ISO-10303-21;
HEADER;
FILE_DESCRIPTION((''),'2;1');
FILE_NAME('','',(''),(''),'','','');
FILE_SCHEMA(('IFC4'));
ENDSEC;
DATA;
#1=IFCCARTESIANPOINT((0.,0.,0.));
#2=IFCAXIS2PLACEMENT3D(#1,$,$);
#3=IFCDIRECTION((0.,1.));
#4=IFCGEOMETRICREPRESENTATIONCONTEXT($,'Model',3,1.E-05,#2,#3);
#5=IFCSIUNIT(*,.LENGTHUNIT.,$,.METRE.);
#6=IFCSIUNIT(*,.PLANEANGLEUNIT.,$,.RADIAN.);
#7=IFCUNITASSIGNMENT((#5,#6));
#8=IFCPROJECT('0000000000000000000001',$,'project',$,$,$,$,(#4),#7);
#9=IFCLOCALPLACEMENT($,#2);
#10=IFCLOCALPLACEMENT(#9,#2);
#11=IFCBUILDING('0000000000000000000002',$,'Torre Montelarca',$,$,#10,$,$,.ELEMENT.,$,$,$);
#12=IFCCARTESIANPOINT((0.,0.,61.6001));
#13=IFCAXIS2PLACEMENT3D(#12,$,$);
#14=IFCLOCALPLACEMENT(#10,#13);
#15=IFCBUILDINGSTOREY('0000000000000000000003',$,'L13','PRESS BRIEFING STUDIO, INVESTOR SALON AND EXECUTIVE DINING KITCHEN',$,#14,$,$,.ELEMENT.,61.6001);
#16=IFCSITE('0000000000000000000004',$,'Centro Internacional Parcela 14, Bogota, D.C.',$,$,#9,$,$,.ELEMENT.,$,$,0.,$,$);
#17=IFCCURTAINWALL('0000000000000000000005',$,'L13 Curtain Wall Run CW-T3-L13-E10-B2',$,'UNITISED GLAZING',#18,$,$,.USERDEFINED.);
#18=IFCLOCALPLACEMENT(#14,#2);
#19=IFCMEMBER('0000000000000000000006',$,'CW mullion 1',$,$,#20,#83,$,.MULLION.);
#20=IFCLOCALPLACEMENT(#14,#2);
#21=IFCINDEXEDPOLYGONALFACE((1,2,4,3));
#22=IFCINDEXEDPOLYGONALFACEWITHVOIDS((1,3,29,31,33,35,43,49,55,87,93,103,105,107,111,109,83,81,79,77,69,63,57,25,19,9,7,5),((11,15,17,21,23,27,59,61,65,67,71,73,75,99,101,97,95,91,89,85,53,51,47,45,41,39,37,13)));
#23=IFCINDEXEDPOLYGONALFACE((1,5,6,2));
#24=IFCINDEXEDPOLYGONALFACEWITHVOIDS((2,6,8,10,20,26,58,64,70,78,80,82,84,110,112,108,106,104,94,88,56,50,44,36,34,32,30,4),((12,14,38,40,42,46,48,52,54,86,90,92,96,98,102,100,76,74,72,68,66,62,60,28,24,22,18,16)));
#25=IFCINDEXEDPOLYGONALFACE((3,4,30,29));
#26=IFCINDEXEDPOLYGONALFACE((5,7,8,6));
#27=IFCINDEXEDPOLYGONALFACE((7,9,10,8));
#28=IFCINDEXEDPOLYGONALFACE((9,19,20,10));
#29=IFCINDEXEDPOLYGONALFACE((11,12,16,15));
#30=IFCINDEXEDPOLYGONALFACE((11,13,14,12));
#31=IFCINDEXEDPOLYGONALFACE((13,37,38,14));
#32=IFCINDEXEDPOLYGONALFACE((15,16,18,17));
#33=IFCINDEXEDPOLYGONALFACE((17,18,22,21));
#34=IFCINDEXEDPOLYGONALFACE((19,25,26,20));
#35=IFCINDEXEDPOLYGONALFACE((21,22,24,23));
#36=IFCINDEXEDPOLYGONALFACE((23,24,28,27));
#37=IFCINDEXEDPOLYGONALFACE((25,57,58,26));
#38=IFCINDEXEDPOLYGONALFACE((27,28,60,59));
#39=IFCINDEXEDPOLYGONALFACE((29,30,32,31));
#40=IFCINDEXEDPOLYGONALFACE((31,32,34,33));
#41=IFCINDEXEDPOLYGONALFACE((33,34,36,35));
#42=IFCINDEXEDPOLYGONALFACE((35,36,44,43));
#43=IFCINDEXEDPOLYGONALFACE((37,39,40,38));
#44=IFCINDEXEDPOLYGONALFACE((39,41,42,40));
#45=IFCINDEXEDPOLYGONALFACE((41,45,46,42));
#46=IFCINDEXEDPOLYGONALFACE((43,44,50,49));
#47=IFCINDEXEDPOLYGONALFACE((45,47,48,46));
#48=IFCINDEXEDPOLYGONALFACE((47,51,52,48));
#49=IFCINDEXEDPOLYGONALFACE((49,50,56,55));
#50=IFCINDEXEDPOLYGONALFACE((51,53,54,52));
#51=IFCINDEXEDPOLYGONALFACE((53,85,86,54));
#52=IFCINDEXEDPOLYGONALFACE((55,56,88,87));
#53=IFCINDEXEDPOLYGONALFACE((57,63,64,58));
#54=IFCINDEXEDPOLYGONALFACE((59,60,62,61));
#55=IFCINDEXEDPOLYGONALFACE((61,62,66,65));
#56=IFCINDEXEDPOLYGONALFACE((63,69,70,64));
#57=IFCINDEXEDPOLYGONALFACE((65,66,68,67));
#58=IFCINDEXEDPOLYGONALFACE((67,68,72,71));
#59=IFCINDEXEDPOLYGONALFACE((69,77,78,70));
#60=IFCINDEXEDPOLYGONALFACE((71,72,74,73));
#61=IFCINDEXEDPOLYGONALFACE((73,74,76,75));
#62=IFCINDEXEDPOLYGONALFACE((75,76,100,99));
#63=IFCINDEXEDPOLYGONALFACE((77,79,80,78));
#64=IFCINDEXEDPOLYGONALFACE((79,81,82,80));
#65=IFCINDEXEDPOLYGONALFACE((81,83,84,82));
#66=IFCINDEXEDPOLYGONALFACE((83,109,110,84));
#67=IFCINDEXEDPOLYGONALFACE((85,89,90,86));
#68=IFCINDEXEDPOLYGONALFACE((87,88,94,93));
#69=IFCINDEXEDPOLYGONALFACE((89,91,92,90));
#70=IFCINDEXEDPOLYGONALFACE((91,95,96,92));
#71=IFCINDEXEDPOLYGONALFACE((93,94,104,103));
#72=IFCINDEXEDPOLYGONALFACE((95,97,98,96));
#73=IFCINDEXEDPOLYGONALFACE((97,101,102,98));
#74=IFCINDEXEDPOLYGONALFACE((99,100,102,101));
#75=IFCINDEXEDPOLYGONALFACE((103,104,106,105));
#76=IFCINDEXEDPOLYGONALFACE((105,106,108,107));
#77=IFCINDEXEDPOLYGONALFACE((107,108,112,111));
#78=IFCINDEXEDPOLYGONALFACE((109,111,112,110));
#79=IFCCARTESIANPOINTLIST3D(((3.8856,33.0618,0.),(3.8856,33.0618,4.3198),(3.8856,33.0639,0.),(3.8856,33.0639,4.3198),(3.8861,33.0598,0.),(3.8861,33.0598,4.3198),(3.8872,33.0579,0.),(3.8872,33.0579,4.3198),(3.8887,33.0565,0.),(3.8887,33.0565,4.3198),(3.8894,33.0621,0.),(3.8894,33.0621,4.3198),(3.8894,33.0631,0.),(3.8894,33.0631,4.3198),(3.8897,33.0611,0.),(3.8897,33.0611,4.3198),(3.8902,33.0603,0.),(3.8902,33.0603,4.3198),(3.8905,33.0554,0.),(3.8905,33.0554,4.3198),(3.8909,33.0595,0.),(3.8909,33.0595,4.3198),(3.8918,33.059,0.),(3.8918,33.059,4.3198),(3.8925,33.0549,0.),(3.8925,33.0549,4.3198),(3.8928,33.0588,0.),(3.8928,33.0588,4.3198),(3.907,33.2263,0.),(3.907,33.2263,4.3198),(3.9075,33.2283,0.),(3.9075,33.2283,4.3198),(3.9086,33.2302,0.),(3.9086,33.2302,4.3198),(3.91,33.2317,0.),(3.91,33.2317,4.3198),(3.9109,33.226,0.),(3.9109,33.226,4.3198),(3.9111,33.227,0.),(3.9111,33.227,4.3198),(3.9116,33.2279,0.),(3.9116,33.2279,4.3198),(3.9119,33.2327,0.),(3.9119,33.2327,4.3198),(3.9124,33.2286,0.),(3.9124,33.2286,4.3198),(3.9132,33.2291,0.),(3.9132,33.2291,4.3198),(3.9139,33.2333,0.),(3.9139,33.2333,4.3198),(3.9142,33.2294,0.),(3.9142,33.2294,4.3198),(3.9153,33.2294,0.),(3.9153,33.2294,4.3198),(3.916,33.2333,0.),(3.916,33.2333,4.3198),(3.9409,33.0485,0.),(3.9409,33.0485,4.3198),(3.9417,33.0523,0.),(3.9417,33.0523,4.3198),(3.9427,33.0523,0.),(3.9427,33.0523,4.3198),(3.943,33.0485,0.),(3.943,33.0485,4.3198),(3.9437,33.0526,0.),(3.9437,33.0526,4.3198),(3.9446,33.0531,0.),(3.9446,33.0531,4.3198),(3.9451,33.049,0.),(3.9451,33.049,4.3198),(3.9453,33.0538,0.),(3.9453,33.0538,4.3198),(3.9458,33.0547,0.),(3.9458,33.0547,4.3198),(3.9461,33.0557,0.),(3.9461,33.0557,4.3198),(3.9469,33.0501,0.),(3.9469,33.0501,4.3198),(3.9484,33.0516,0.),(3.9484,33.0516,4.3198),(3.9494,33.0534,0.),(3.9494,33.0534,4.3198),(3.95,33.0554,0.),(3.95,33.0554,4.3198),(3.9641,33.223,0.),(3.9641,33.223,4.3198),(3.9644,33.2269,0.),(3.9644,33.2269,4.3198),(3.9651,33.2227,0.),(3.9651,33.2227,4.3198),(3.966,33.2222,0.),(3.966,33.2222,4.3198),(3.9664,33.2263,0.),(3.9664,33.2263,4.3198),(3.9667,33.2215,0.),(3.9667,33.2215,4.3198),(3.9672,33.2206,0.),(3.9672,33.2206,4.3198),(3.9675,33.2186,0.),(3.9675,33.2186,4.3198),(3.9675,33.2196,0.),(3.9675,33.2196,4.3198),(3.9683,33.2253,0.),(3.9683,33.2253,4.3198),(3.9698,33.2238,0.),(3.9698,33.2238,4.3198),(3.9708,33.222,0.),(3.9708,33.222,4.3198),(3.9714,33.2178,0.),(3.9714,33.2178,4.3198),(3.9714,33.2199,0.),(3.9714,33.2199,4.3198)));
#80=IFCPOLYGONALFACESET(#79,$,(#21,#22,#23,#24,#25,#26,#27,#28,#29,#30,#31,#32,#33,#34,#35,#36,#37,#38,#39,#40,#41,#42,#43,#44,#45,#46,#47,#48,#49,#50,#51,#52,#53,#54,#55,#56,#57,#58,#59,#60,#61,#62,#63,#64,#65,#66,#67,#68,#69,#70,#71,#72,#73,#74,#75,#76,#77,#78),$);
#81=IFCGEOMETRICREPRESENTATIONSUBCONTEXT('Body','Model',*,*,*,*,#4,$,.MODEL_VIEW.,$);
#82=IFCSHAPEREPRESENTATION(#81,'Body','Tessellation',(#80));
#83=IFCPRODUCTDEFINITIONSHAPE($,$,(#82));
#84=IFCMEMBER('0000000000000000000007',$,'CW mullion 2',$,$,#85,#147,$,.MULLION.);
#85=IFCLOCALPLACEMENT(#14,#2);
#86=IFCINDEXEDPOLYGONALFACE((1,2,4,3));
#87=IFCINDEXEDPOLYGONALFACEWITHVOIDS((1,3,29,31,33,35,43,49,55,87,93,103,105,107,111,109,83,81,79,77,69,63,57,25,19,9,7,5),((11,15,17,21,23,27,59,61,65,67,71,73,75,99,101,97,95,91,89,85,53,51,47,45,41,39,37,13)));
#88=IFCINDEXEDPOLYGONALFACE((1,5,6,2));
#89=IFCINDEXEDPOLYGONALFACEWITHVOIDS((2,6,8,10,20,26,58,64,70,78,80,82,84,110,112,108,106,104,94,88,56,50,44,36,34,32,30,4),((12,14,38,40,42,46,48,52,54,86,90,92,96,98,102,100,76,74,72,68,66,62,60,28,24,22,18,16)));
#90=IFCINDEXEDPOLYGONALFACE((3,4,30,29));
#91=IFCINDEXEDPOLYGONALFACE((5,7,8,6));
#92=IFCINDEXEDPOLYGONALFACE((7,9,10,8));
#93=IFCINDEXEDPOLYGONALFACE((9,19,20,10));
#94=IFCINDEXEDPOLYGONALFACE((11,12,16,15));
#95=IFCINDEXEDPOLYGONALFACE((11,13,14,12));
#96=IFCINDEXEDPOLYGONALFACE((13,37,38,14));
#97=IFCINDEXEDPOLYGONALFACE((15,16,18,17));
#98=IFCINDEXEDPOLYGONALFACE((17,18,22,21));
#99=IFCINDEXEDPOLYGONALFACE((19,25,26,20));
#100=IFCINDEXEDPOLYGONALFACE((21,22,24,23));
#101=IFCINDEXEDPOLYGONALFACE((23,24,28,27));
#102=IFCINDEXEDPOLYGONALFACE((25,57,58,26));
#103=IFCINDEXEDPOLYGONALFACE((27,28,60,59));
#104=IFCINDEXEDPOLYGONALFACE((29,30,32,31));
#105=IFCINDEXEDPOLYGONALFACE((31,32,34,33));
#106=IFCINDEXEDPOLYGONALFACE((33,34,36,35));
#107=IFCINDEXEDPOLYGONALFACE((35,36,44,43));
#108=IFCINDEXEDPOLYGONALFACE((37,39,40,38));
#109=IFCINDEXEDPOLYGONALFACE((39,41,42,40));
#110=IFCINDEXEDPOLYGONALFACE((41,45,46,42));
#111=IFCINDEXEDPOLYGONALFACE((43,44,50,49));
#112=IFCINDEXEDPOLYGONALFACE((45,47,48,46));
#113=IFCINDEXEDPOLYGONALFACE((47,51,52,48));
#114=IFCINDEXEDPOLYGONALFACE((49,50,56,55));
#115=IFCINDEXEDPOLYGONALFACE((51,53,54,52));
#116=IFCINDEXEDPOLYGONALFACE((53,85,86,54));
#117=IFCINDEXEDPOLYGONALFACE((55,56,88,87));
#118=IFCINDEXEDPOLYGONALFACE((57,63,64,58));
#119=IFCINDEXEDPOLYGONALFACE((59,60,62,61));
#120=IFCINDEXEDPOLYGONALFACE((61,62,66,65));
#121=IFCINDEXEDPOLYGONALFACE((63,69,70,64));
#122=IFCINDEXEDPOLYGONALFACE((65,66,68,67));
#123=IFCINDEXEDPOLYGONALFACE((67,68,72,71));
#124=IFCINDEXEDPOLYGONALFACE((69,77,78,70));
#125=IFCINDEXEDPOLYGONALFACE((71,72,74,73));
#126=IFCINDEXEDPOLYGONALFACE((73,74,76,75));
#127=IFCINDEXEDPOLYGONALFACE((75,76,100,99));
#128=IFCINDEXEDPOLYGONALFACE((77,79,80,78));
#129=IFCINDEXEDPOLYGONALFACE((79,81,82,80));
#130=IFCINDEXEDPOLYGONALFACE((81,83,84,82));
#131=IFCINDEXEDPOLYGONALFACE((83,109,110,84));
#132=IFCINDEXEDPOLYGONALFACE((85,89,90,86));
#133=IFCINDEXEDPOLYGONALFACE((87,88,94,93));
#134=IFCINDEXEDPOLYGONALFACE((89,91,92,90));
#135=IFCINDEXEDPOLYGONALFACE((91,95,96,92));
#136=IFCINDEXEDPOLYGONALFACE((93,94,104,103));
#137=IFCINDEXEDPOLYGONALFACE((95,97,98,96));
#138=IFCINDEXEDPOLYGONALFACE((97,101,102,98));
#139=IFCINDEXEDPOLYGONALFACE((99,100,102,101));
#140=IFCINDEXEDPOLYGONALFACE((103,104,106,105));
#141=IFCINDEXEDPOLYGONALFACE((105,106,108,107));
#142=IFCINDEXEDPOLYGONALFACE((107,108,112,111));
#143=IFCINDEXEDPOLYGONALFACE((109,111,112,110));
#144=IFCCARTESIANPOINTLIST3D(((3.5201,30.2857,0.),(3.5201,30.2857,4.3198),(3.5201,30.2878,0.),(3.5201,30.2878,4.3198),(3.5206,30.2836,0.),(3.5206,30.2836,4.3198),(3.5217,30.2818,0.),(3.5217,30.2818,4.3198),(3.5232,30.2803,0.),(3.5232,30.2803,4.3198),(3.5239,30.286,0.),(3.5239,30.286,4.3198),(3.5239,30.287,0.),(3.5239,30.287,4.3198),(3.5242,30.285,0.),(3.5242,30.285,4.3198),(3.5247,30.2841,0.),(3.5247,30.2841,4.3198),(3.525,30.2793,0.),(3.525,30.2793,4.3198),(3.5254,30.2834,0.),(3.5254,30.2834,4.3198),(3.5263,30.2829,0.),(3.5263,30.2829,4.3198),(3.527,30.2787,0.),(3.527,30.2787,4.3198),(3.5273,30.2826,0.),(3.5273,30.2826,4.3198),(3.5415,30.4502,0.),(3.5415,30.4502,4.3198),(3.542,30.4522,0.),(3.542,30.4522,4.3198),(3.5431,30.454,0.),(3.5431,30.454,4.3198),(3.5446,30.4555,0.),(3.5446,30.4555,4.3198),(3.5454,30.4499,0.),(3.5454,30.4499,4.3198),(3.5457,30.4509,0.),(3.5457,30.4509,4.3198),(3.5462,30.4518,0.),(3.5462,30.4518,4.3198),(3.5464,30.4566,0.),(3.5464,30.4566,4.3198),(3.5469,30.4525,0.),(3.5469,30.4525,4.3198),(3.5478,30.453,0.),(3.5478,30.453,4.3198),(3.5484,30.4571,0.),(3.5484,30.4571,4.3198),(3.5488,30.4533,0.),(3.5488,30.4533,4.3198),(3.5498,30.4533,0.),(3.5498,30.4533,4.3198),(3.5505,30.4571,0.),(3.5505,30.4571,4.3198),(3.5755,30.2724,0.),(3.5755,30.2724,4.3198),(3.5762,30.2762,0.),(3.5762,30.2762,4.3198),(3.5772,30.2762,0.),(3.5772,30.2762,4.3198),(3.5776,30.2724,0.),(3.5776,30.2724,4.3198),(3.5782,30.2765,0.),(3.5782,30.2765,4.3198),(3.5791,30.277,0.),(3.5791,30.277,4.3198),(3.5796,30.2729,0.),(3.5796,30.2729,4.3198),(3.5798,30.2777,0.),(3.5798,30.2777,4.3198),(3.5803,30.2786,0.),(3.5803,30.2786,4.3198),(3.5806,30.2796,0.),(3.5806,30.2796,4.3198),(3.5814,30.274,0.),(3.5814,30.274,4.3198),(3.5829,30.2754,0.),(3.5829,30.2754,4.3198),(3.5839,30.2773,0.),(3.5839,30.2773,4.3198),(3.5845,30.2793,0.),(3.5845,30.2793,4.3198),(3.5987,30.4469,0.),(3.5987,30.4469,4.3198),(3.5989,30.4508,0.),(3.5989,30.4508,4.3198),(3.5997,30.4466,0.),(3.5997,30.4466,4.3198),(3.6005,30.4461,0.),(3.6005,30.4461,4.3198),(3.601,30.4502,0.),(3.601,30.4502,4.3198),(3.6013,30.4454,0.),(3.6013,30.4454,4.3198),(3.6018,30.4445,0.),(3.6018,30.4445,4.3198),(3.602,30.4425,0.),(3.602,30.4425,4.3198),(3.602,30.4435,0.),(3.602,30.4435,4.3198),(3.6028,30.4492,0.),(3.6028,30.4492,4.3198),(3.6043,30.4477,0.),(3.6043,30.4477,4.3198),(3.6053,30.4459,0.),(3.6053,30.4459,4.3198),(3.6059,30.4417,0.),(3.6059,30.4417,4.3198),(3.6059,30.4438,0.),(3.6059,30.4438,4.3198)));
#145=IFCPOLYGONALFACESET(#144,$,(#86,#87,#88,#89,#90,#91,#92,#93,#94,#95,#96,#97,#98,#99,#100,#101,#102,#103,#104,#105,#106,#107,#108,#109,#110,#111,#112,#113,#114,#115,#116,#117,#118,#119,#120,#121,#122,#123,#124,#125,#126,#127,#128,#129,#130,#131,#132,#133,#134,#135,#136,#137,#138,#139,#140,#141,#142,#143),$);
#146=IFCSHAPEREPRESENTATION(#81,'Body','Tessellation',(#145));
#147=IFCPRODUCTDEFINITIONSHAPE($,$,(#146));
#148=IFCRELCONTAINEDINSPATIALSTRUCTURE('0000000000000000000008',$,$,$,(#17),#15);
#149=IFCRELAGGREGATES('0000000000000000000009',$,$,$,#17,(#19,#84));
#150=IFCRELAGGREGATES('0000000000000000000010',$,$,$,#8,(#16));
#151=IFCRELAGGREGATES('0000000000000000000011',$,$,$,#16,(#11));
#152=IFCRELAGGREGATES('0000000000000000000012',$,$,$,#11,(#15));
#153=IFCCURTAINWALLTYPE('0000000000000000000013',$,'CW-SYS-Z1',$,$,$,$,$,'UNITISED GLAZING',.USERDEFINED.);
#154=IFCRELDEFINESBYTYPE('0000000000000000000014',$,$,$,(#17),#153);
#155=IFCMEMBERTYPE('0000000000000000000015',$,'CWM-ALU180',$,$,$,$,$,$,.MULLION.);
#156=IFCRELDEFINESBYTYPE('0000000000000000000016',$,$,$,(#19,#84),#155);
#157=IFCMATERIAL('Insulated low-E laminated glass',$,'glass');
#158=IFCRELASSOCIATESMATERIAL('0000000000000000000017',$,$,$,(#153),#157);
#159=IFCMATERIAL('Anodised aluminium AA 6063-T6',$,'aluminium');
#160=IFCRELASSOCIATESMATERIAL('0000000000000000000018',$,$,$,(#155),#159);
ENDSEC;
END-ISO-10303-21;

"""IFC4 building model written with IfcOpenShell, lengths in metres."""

from ifc_helpers import new_model, si_unit, direction, frame, origin, origin_2d, place, context, subcontext, project, spatial, hollow_rectangle, extrude, source, transform, mapped, material, material_profile, profile_set, type_object, element, aggregate, save


model = new_model("IFC4")

# Units and contexts
model_context = context("Model", 3, precision=1e-05, world=origin(), true_north=direction((0.0, 1.0)))
body_context = subcontext(model_context, "Body", "Model", "MODEL_VIEW")
ifc_project = project(units=[si_unit("LENGTHUNIT", "METRE"), si_unit("PLANEANGLEUNIT", "RADIAN")], contexts=[model_context])

# Site, building, storey
site_placement = place(None, origin())
site = spatial("IfcSite", under=ifc_project, at=site_placement, Name="Centro Internacional Parcela 14, Bogota, D.C.", CompositionType="ELEMENT", RefElevation=0.0)
building_placement = place(site_placement, origin())
building = spatial("IfcBuilding", under=site, at=building_placement, Name="Torre Montelarca", CompositionType="ELEMENT")
storey_placement = place(building_placement, frame((0.0, 0.0, 61.6001)))
storey = spatial("IfcBuildingStorey", under=building, at=storey_placement, Name="L13", Description="PRESS BRIEFING STUDIO, INVESTOR SALON AND EXECUTIVE DINING KITCHEN", CompositionType="ELEMENT", Elevation=61.6001)

# Shared definitions
ifc_material_1 = material(Name="Insulated low-E laminated glass", Category="glass")
curtain_wall_type = type_object("IfcCurtainWallType", Name="CW-SYS-Z1", ElementType="UNITISED GLAZING", PredefinedType="USERDEFINED", material=ifc_material_1)
ifc_material_2 = material(Name="Anodised aluminium AA 6063-T6", Category="aluminium")

# Curtain wall
curtain_wall_1_placement = place(storey_placement, origin())
curtain_wall_1 = element("IfcCurtainWall", 1, at=curtain_wall_1_placement, inside=storey, type_object=curtain_wall_type, Name="L13 Curtain Wall Run CW-T3-L13-E10-B2", ObjectType="UNITISED GLAZING", PredefinedType="USERDEFINED")

# Members
ifc_material_profile_1 = material_profile(ifc_material_2, hollow_rectangle(XDim=0.0649, YDim=0.1799, WallThickness=0.0039, InnerFilletRadius=0.0039, OuterFilletRadius=0.0081, at=origin_2d()), Name="ALU65X180X4", Category="aluminium")
ifc_profile_set_1 = profile_set([ifc_material_profile_1], Name="Anodised aluminium AA 6063-T6")
member_type_1 = type_object("IfcMemberType", Name="CWM-ALU180", PredefinedType="MULLION", material=ifc_profile_set_1)
shared_shape_1 = source(origin(), body_context, "Body", "SweptSolid", [
    extrude(hollow_rectangle(XDim=0.0649, YDim=0.1799, WallThickness=0.0039, InnerFilletRadius=0.0039, OuterFilletRadius=0.0081, at=origin_2d()), origin(), (0.0, 0.0, 1.0), 4.3198),
])
member_1_placement = place(storey_placement, frame((3.9285, 33.1409, 0.0), z_axis=(0.0, 0.0, 1.0), x_axis=(0.991445, -0.130522, 0.0)))
member_1 = element("IfcMember", 2, at=member_1_placement, type_object=member_type_1, Name="CW mullion 1", PredefinedType="MULLION", context=body_context, shape_type="MappedRepresentation", body=[
    mapped(shared_shape_1, transform((0.0, 0.0, 0.0), scale=1.0)),
])
member_2_placement = place(storey_placement, frame((3.563, 30.3647, 0.0), z_axis=(0.0, 0.0, 1.0), x_axis=(0.991445, -0.130522, 0.0)))
member_2 = element("IfcMember", 3, at=member_2_placement, type_object=member_type_1, Name="CW mullion 2", PredefinedType="MULLION", context=body_context, shape_type="MappedRepresentation", body=[
    mapped(shared_shape_1, transform((0.0, 0.0, 0.0), scale=1.0)),
])

aggregate(curtain_wall_1, [member_1, member_2])

save(model, "model.ifc")
